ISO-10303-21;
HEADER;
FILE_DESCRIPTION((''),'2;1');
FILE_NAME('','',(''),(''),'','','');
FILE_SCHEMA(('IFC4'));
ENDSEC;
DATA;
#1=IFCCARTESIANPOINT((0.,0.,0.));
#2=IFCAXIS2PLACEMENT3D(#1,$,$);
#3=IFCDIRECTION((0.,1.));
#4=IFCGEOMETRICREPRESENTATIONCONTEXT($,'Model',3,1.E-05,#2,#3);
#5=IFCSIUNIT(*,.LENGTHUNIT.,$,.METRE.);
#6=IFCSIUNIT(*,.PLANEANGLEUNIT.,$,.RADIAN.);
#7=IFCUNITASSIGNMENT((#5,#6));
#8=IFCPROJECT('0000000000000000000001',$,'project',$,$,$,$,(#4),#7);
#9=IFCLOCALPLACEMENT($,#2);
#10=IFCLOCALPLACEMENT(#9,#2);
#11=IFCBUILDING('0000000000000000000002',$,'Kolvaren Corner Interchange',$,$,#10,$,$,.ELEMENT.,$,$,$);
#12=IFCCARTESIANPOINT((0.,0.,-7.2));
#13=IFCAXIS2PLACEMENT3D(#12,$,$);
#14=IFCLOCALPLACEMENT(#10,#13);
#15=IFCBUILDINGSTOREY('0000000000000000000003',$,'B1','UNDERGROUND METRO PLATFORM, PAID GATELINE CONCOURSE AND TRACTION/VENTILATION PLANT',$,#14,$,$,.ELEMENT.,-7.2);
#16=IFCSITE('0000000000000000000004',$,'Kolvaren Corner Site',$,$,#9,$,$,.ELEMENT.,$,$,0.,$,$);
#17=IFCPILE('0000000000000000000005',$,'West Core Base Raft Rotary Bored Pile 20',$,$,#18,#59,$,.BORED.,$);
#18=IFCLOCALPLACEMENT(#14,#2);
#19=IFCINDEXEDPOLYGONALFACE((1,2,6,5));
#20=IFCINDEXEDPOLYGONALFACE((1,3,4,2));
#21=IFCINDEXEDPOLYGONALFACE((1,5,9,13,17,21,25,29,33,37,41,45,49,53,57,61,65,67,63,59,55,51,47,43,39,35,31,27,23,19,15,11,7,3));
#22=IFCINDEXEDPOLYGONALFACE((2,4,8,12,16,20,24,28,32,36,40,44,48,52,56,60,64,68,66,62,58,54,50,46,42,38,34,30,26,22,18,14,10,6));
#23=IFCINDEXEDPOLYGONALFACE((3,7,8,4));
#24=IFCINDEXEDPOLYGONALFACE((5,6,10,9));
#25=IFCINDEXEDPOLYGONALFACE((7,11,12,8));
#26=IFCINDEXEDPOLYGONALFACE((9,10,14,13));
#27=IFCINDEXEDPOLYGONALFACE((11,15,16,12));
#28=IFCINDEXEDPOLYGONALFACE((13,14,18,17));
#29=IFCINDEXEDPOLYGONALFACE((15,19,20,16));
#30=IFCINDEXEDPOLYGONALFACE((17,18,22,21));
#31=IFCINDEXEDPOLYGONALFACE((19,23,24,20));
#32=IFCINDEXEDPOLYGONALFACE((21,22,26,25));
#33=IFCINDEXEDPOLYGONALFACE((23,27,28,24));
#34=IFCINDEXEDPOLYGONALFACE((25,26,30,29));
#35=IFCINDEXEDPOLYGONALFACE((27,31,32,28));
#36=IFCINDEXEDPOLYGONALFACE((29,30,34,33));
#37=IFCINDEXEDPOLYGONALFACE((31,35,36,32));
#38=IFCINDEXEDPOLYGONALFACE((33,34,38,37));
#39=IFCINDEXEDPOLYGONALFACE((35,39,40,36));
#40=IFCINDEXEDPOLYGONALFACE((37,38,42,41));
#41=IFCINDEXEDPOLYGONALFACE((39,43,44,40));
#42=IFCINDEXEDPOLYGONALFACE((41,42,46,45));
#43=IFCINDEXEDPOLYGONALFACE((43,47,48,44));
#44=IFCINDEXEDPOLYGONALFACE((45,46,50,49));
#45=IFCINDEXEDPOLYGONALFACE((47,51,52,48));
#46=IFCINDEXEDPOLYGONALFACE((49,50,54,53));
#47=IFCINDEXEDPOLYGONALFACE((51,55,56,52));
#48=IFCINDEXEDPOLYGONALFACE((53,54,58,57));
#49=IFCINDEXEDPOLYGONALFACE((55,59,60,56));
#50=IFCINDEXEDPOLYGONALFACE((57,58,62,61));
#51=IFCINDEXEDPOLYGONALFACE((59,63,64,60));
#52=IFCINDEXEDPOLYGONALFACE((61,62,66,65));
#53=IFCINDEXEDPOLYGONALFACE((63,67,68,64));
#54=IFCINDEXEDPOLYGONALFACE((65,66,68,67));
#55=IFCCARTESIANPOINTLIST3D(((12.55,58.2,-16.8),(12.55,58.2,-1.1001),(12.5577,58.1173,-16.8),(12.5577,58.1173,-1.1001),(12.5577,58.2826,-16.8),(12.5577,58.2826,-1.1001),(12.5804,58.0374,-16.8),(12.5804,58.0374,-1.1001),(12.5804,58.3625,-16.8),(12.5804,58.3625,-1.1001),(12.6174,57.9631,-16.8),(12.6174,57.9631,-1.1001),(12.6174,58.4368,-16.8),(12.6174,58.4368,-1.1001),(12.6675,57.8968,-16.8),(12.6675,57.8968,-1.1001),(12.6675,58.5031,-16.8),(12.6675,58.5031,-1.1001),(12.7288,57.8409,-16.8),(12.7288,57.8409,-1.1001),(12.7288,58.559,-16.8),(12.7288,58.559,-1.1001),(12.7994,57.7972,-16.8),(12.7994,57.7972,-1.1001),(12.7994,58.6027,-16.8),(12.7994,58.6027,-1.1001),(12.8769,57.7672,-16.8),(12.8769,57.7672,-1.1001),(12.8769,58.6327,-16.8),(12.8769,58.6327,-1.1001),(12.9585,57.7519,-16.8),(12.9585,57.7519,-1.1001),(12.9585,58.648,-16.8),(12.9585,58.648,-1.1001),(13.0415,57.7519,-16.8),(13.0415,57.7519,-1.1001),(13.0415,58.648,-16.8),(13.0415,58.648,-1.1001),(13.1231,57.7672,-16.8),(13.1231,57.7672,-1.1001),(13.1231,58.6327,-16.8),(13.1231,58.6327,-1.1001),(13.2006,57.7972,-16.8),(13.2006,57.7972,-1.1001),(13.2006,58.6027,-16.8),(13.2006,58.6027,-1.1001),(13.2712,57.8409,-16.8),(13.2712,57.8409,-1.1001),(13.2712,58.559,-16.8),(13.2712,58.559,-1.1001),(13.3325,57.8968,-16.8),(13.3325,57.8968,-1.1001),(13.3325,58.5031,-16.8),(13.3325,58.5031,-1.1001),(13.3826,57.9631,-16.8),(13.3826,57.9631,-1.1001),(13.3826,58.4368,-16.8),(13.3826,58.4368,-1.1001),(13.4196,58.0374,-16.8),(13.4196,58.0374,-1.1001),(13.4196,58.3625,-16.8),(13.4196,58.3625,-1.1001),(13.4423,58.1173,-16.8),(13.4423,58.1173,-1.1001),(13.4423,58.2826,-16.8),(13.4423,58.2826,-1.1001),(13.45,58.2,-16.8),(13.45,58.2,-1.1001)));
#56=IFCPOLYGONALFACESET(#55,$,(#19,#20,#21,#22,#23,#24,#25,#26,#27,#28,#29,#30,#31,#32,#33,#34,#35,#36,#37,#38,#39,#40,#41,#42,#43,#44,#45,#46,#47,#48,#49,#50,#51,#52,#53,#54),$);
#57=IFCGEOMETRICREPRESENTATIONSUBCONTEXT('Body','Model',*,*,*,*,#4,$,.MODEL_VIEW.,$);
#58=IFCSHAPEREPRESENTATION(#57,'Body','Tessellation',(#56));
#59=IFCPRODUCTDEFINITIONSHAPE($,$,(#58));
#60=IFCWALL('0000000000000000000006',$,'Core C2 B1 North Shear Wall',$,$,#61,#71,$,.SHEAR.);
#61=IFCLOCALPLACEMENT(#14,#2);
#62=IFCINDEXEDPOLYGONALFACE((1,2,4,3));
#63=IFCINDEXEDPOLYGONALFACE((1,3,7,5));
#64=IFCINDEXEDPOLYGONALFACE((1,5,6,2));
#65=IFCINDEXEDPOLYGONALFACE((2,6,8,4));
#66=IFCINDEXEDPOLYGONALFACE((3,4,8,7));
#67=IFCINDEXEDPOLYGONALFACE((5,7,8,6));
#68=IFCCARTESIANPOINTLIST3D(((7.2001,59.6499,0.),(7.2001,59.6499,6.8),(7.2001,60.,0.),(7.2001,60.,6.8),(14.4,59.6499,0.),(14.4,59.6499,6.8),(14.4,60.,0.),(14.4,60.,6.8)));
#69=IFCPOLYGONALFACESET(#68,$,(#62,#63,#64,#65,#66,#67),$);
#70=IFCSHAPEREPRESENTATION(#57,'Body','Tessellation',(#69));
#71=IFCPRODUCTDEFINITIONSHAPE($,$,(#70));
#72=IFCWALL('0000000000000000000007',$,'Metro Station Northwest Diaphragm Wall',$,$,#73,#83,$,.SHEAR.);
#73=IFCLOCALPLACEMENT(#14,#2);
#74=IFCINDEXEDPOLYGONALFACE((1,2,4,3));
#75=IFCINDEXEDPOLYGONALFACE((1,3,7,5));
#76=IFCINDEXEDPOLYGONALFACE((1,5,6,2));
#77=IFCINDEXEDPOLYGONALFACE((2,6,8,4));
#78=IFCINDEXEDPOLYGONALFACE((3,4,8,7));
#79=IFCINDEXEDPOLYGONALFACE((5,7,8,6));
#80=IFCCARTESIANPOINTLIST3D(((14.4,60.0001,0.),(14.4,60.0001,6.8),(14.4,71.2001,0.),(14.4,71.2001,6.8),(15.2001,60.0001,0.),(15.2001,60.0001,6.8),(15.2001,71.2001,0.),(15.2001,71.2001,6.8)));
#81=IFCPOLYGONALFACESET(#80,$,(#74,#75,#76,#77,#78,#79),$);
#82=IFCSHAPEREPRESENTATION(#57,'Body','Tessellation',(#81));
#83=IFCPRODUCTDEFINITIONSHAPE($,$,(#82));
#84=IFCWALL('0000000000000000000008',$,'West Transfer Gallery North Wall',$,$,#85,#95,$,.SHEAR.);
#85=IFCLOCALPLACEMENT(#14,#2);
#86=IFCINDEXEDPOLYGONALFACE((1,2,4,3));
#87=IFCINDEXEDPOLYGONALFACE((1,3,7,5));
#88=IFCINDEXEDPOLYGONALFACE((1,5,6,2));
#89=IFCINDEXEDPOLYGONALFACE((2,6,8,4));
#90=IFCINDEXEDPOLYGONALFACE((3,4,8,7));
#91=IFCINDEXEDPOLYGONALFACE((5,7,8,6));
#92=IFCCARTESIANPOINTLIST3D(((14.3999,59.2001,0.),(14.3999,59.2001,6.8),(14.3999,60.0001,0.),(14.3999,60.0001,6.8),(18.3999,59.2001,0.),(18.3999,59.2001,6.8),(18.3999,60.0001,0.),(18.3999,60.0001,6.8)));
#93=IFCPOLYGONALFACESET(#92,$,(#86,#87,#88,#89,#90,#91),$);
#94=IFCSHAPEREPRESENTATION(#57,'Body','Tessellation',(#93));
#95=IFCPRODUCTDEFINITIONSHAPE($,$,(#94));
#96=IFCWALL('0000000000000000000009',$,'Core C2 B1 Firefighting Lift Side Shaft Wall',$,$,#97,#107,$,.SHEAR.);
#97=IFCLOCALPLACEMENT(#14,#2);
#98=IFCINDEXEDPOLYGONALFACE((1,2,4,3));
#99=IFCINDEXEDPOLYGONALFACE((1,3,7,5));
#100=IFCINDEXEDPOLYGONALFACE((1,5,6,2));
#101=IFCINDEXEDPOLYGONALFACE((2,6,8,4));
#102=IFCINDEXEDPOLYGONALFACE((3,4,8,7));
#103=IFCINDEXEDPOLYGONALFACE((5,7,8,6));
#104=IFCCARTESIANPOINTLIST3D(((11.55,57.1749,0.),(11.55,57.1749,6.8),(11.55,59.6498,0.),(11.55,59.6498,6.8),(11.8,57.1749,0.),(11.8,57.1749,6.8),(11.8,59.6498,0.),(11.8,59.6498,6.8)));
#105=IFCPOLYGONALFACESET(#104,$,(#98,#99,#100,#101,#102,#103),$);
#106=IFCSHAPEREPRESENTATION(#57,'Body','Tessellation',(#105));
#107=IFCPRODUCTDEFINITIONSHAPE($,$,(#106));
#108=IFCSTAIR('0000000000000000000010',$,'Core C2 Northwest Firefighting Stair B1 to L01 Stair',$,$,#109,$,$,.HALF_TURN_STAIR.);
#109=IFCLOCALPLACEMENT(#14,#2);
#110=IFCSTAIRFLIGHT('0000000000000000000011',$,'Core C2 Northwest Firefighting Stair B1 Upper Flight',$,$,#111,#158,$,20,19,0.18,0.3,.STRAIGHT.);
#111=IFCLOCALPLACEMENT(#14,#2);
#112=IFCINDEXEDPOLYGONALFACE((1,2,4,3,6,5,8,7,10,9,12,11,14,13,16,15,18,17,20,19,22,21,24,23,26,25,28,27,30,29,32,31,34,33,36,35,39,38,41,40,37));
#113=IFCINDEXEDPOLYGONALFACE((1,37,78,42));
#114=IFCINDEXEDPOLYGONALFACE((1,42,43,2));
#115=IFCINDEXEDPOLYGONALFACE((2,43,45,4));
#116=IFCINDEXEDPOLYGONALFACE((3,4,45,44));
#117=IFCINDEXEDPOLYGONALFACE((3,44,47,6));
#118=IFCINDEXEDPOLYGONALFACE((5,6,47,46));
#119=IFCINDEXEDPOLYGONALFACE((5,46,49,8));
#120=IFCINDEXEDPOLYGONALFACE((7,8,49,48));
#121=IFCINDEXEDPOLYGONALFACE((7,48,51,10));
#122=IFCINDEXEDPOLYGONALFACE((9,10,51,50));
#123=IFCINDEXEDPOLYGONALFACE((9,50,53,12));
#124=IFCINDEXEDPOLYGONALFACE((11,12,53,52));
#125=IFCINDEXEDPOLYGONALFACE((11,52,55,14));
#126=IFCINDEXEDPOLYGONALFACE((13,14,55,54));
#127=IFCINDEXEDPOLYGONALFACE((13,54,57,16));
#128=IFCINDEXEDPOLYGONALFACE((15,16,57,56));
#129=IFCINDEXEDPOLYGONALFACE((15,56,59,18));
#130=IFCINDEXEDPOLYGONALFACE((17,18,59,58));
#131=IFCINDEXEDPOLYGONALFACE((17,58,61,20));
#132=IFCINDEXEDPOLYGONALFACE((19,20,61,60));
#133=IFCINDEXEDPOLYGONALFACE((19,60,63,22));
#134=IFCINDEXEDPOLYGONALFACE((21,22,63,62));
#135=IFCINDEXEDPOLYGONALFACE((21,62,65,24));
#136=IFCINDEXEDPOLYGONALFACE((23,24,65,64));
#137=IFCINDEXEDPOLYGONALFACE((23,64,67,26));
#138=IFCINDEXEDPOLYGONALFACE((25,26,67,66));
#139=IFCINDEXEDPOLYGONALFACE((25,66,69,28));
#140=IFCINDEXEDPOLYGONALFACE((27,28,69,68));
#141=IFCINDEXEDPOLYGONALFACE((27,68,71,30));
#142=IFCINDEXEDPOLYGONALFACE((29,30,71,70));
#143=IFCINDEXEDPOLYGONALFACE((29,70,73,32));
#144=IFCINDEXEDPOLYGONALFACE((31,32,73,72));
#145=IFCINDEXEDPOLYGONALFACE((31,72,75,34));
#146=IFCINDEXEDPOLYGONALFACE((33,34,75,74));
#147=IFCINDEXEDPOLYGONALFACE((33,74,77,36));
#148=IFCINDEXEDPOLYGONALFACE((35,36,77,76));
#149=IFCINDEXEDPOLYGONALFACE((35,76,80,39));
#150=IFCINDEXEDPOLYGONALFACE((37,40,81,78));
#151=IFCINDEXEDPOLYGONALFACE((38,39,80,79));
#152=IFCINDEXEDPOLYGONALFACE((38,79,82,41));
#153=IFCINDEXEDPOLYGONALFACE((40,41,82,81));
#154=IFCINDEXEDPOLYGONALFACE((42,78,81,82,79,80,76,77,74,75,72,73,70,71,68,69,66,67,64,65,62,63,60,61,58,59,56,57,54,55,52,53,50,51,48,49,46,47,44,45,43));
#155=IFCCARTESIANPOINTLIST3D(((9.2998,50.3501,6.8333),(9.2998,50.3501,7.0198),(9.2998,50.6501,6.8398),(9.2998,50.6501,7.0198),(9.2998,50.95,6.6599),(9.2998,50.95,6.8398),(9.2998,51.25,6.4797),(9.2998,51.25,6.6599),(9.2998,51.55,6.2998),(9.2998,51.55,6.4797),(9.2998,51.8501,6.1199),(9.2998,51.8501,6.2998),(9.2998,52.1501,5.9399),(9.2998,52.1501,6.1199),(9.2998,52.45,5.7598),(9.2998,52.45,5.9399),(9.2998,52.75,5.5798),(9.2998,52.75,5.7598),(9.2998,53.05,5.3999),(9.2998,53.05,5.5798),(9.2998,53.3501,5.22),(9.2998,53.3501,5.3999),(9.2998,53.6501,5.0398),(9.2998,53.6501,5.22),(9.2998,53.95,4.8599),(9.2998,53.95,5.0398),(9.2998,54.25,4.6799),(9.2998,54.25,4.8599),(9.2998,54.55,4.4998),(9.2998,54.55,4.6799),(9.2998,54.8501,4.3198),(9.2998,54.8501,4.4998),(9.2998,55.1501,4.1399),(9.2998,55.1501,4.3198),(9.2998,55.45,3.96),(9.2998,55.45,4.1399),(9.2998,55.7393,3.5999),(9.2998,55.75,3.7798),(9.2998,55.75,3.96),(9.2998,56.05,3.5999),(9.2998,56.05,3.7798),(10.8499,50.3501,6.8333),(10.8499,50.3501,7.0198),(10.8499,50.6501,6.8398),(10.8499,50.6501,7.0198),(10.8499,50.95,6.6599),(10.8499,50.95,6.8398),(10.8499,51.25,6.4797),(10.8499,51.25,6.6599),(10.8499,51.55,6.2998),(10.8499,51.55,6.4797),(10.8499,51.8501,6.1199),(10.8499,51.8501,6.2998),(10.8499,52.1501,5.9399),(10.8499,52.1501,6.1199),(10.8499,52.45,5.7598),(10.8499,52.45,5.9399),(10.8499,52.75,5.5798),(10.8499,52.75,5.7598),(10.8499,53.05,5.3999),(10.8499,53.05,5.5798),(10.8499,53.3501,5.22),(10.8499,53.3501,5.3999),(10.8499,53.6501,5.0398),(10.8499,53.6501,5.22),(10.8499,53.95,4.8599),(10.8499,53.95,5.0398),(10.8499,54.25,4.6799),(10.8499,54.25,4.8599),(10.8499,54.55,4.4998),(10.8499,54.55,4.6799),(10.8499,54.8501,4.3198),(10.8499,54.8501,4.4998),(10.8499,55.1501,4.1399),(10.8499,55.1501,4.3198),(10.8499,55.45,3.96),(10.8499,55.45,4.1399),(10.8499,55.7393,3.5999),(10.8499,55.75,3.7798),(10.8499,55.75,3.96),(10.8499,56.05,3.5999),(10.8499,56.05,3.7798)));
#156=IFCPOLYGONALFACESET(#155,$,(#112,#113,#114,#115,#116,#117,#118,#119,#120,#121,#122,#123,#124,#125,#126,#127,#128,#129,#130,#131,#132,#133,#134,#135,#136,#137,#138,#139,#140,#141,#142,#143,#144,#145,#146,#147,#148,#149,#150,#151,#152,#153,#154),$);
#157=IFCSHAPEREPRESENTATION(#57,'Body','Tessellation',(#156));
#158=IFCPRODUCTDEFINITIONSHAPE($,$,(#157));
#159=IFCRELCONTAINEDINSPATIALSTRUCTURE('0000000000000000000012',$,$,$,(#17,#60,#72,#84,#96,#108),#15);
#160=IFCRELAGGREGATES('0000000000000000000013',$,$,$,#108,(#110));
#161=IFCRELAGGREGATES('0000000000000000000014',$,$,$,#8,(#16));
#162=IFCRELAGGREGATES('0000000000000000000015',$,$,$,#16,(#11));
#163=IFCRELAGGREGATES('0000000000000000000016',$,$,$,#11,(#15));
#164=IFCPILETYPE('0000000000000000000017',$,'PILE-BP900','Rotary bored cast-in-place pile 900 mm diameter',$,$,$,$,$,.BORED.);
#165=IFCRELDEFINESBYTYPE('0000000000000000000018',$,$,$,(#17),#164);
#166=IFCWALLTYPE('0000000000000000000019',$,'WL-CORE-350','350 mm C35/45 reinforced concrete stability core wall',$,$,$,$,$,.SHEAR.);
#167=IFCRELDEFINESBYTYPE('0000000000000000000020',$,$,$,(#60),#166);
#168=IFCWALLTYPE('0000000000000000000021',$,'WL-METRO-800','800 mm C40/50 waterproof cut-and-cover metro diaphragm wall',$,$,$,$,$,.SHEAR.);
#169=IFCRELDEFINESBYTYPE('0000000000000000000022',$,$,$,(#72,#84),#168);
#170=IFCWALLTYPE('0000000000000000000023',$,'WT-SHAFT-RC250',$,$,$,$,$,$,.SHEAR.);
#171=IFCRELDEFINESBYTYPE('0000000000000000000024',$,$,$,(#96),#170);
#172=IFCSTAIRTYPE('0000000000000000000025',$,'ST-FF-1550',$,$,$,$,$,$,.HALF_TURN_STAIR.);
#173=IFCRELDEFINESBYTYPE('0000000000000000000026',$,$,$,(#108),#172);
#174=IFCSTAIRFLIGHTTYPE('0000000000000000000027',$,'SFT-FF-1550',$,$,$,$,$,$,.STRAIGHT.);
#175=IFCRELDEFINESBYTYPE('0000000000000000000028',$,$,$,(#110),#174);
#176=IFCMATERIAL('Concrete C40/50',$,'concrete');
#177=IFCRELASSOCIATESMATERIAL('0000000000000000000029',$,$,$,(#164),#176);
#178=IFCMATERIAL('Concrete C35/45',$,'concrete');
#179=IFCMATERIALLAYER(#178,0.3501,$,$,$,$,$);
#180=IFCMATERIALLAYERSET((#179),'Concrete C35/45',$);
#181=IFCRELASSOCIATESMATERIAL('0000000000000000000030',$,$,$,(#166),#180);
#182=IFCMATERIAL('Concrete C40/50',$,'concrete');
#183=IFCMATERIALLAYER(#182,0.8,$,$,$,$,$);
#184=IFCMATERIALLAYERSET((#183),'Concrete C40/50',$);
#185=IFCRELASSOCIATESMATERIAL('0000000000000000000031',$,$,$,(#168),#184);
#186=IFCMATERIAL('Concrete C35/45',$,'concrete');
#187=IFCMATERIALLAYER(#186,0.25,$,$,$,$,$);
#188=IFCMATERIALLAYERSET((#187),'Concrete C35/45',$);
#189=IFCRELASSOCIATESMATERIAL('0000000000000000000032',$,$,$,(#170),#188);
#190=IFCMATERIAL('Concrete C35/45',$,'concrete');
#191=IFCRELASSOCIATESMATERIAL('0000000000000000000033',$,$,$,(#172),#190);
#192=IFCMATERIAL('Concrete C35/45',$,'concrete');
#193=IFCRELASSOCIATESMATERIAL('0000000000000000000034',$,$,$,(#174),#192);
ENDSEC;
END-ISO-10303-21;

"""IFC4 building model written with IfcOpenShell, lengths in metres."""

from ifc_helpers import new_model, si_unit, direction, frame, frame_2d, origin, origin_2d, place, context, subcontext, project, spatial, polyline, rectangle, circle, outline, extrude, material, layer, layer_set, material_profile, profile_set, type_object, element, aggregate, save


model = new_model("IFC4")

# Units and contexts
model_context = context("Model", 3, precision=1e-05, world=origin(), true_north=direction((0.0, 1.0)))
body_context = subcontext(model_context, "Body", "Model", "MODEL_VIEW")
ifc_project = project(units=[si_unit("LENGTHUNIT", "METRE"), si_unit("PLANEANGLEUNIT", "RADIAN")], contexts=[model_context])

# Site, building, storey
site_placement = place(None, origin())
site = spatial("IfcSite", under=ifc_project, at=site_placement, Name="Kolvaren Corner Site", CompositionType="ELEMENT", RefElevation=0.0)
building_placement = place(site_placement, origin())
building = spatial("IfcBuilding", under=site, at=building_placement, Name="Kolvaren Corner Interchange", CompositionType="ELEMENT")
storey_placement = place(building_placement, frame((0.0, 0.0, -7.2)))
storey = spatial("IfcBuildingStorey", under=building, at=storey_placement, Name="B1", Description="UNDERGROUND METRO PLATFORM, PAID GATELINE CONCOURSE AND TRACTION/VENTILATION PLANT", CompositionType="ELEMENT", Elevation=-7.2)

# Pile
ifc_material_1 = material(Name="Concrete C40/50", Category="concrete")
ifc_material_profile_1 = material_profile(ifc_material_1, circle(Radius=0.45, at=origin_2d()), Name="BORED PILE 900")
ifc_profile_set_1 = profile_set([ifc_material_profile_1], Name="Concrete C40/50")
pile_type_1 = type_object("IfcPileType", Name="PILE-BP900", Description="Rotary bored cast-in-place pile 900 mm diameter", PredefinedType="BORED", material=ifc_profile_set_1)
for number, where, z_axis, x_axis, name in (
    (1, (13.0, 58.2, -1.1001), (0.0, 0.0, -1.0), (1.0, 0.0, 0.0), "West Core Base Raft Rotary Bored Pile 20"),
):
    element("IfcPile", number, at=place(storey_placement, frame(where, z_axis=z_axis, x_axis=x_axis)), inside=storey, type_object=pile_type_1, Name=name, PredefinedType="BORED", context=body_context, shape_type="SweptSolid", body=[
        extrude(circle(Radius=0.45, at=origin_2d()), origin(), (0.0, 0.0, 1.0), 15.7),
    ])

# Walls
ifc_material_2 = material(Name="Concrete C35/45", Category="concrete")
ifc_layer_1 = layer(ifc_material_2, 0.3501)
ifc_layer_set_1 = layer_set([ifc_layer_1], Name="Concrete C35/45")
wall_type_1 = type_object("IfcWallType", Name="WL-CORE-350", Description="350 mm C35/45 reinforced concrete stability core wall", PredefinedType="SHEAR", material=ifc_layer_set_1)
wall_1_placement = place(storey_placement, frame((7.2, 59.825, 0.0), z_axis=(0.0, 0.0, 1.0), x_axis=(1.0, 0.0, 0.0)))
element("IfcWall", 2, at=wall_1_placement, inside=storey, type_object=wall_type_1, Name="Core C2 B1 North Shear Wall", PredefinedType="SHEAR", context=body_context, shape_type="SweptSolid", body=[
    extrude(rectangle(XDim=7.2, YDim=0.3501, at=frame_2d((3.6001, 0.0))), origin(), (0.0, 0.0, 1.0), 6.8),
])
ifc_material_3 = material(Name="Concrete C40/50", Category="concrete")
ifc_layer_2 = layer(ifc_material_3, 0.8)
ifc_layer_set_2 = layer_set([ifc_layer_2], Name="Concrete C40/50")
wall_type_2 = type_object("IfcWallType", Name="WL-METRO-800", Description="800 mm C40/50 waterproof cut-and-cover metro diaphragm wall", PredefinedType="SHEAR", material=ifc_layer_set_2)
wall_2_placement = place(storey_placement, frame((14.8, 60.0, 0.0), z_axis=(0.0, 0.0, 1.0), x_axis=(0.0, 1.0, 0.0)))
element("IfcWall", 3, at=wall_2_placement, inside=storey, type_object=wall_type_2, Name="Metro Station Northwest Diaphragm Wall", PredefinedType="SHEAR", context=body_context, shape_type="SweptSolid", body=[
    extrude(rectangle(XDim=11.2, YDim=0.8, at=frame_2d((5.6001, 0.0))), origin(), (0.0, 0.0, 1.0), 6.8),
])
wall_3_placement = place(storey_placement, frame((14.3999, 59.6001, 0.0), z_axis=(0.0, 0.0, 1.0), x_axis=(1.0, 0.0, 0.0)))
element("IfcWall", 4, at=wall_3_placement, inside=storey, type_object=wall_type_2, Name="West Transfer Gallery North Wall", PredefinedType="SHEAR", context=body_context, shape_type="SweptSolid", body=[
    extrude(rectangle(XDim=4.0, YDim=0.8, at=frame_2d((2.0, 0.0))), origin(), (0.0, 0.0, 1.0), 6.8),
])

# Shared definitions
ifc_material_4 = material(Name="Concrete C35/45", Category="concrete")
ifc_layer_3 = layer(ifc_material_4, 0.25)
ifc_layer_set_3 = layer_set([ifc_layer_3], Name="Concrete C35/45")
wall_type_3 = type_object("IfcWallType", Name="WT-SHAFT-RC250", PredefinedType="SHEAR", material=ifc_layer_set_3)

# Wall
wall_4_placement = place(storey_placement, frame((11.675, 57.175, 0.0), z_axis=(0.0, 0.0, 1.0), x_axis=(0.0, 1.0, 0.0)))
element("IfcWall", 5, at=wall_4_placement, inside=storey, type_object=wall_type_3, Name="Core C2 B1 Firefighting Lift Side Shaft Wall", PredefinedType="SHEAR", context=body_context, shape_type="SweptSolid", body=[
    extrude(rectangle(XDim=2.4749, YDim=0.25, at=frame_2d((1.2373, 0.0))), origin(), (0.0, 0.0, 1.0), 6.8),
])

# Stair, stair flight
ifc_material_5 = material(Name="Concrete C35/45", Category="concrete")
stair_type = type_object("IfcStairType", Name="ST-FF-1550", PredefinedType="HALF_TURN_STAIR", material=ifc_material_5)
stair_placement = place(storey_placement, origin())
stair = element("IfcStair", 6, at=stair_placement, inside=storey, type_object=stair_type, Name="Core C2 Northwest Firefighting Stair B1 to L01 Stair", PredefinedType="HALF_TURN_STAIR")
ifc_material_6 = material(Name="Concrete C35/45", Category="concrete")
stair_flight_type = type_object("IfcStairFlightType", Name="SFT-FF-1550", PredefinedType="STRAIGHT", material=ifc_material_6)
stair_flight_placement = place(storey_placement, frame((10.075, 56.05, 3.5999), z_axis=(0.0, 0.0, 1.0), x_axis=(0.0, -1.0, 0.0)))
stair_flight = element("IfcStairFlight", 7, at=stair_flight_placement, type_object=stair_flight_type, Name="Core C2 Northwest Firefighting Stair B1 Upper Flight", NumberOfRisers=20, NumberOfTreads=19, PredefinedType="STRAIGHT", RiserHeight=0.18, TreadLength=0.3, context=body_context, shape_type="SweptSolid", body=[
    extrude(outline(polyline([(0.0, 0.0), (0.0, 0.1799), (0.3, 0.1799), (0.3, 0.3601), (0.6001, 0.3601), (0.6001, 0.54), (0.8999, 0.54), (0.8999, 0.72), (1.2, 0.72), (1.2, 0.8999), (1.5, 0.8999), (1.5, 1.0801), (1.8, 1.0801), (1.8, 1.26), (2.1001, 1.26), (2.1001, 1.4399), (2.3999, 1.4399), (2.3999, 1.6201), (2.7, 1.6201), (2.7, 1.8), (3.0, 1.8), (3.0, 1.98), (3.3, 1.98), (3.3, 2.1599), (3.6001, 2.1599), (3.6001, 2.3401), (3.8999, 2.3401), (3.8999, 2.52), (4.2, 2.52), (4.2, 2.7), (4.5, 2.7), (4.5, 2.8799), (4.8, 2.8799), (4.8, 3.0601), (5.1001, 3.0601), (5.1001, 3.24), (5.3999, 3.24), (5.3999, 3.4199), (5.7, 3.4199), (5.7, 3.6001), (5.7, 3.2334), (0.3108, 0.0), (0.0, 0.0)])), frame((0.0, 0.7749, 0.0), z_axis=(0.0, -1.0, 0.0), x_axis=(1.0, 0.0, 0.0)), (0.0, 0.0, 1.0), 1.55),
])
aggregate(stair, [stair_flight])

save(model, "model.ifc")
